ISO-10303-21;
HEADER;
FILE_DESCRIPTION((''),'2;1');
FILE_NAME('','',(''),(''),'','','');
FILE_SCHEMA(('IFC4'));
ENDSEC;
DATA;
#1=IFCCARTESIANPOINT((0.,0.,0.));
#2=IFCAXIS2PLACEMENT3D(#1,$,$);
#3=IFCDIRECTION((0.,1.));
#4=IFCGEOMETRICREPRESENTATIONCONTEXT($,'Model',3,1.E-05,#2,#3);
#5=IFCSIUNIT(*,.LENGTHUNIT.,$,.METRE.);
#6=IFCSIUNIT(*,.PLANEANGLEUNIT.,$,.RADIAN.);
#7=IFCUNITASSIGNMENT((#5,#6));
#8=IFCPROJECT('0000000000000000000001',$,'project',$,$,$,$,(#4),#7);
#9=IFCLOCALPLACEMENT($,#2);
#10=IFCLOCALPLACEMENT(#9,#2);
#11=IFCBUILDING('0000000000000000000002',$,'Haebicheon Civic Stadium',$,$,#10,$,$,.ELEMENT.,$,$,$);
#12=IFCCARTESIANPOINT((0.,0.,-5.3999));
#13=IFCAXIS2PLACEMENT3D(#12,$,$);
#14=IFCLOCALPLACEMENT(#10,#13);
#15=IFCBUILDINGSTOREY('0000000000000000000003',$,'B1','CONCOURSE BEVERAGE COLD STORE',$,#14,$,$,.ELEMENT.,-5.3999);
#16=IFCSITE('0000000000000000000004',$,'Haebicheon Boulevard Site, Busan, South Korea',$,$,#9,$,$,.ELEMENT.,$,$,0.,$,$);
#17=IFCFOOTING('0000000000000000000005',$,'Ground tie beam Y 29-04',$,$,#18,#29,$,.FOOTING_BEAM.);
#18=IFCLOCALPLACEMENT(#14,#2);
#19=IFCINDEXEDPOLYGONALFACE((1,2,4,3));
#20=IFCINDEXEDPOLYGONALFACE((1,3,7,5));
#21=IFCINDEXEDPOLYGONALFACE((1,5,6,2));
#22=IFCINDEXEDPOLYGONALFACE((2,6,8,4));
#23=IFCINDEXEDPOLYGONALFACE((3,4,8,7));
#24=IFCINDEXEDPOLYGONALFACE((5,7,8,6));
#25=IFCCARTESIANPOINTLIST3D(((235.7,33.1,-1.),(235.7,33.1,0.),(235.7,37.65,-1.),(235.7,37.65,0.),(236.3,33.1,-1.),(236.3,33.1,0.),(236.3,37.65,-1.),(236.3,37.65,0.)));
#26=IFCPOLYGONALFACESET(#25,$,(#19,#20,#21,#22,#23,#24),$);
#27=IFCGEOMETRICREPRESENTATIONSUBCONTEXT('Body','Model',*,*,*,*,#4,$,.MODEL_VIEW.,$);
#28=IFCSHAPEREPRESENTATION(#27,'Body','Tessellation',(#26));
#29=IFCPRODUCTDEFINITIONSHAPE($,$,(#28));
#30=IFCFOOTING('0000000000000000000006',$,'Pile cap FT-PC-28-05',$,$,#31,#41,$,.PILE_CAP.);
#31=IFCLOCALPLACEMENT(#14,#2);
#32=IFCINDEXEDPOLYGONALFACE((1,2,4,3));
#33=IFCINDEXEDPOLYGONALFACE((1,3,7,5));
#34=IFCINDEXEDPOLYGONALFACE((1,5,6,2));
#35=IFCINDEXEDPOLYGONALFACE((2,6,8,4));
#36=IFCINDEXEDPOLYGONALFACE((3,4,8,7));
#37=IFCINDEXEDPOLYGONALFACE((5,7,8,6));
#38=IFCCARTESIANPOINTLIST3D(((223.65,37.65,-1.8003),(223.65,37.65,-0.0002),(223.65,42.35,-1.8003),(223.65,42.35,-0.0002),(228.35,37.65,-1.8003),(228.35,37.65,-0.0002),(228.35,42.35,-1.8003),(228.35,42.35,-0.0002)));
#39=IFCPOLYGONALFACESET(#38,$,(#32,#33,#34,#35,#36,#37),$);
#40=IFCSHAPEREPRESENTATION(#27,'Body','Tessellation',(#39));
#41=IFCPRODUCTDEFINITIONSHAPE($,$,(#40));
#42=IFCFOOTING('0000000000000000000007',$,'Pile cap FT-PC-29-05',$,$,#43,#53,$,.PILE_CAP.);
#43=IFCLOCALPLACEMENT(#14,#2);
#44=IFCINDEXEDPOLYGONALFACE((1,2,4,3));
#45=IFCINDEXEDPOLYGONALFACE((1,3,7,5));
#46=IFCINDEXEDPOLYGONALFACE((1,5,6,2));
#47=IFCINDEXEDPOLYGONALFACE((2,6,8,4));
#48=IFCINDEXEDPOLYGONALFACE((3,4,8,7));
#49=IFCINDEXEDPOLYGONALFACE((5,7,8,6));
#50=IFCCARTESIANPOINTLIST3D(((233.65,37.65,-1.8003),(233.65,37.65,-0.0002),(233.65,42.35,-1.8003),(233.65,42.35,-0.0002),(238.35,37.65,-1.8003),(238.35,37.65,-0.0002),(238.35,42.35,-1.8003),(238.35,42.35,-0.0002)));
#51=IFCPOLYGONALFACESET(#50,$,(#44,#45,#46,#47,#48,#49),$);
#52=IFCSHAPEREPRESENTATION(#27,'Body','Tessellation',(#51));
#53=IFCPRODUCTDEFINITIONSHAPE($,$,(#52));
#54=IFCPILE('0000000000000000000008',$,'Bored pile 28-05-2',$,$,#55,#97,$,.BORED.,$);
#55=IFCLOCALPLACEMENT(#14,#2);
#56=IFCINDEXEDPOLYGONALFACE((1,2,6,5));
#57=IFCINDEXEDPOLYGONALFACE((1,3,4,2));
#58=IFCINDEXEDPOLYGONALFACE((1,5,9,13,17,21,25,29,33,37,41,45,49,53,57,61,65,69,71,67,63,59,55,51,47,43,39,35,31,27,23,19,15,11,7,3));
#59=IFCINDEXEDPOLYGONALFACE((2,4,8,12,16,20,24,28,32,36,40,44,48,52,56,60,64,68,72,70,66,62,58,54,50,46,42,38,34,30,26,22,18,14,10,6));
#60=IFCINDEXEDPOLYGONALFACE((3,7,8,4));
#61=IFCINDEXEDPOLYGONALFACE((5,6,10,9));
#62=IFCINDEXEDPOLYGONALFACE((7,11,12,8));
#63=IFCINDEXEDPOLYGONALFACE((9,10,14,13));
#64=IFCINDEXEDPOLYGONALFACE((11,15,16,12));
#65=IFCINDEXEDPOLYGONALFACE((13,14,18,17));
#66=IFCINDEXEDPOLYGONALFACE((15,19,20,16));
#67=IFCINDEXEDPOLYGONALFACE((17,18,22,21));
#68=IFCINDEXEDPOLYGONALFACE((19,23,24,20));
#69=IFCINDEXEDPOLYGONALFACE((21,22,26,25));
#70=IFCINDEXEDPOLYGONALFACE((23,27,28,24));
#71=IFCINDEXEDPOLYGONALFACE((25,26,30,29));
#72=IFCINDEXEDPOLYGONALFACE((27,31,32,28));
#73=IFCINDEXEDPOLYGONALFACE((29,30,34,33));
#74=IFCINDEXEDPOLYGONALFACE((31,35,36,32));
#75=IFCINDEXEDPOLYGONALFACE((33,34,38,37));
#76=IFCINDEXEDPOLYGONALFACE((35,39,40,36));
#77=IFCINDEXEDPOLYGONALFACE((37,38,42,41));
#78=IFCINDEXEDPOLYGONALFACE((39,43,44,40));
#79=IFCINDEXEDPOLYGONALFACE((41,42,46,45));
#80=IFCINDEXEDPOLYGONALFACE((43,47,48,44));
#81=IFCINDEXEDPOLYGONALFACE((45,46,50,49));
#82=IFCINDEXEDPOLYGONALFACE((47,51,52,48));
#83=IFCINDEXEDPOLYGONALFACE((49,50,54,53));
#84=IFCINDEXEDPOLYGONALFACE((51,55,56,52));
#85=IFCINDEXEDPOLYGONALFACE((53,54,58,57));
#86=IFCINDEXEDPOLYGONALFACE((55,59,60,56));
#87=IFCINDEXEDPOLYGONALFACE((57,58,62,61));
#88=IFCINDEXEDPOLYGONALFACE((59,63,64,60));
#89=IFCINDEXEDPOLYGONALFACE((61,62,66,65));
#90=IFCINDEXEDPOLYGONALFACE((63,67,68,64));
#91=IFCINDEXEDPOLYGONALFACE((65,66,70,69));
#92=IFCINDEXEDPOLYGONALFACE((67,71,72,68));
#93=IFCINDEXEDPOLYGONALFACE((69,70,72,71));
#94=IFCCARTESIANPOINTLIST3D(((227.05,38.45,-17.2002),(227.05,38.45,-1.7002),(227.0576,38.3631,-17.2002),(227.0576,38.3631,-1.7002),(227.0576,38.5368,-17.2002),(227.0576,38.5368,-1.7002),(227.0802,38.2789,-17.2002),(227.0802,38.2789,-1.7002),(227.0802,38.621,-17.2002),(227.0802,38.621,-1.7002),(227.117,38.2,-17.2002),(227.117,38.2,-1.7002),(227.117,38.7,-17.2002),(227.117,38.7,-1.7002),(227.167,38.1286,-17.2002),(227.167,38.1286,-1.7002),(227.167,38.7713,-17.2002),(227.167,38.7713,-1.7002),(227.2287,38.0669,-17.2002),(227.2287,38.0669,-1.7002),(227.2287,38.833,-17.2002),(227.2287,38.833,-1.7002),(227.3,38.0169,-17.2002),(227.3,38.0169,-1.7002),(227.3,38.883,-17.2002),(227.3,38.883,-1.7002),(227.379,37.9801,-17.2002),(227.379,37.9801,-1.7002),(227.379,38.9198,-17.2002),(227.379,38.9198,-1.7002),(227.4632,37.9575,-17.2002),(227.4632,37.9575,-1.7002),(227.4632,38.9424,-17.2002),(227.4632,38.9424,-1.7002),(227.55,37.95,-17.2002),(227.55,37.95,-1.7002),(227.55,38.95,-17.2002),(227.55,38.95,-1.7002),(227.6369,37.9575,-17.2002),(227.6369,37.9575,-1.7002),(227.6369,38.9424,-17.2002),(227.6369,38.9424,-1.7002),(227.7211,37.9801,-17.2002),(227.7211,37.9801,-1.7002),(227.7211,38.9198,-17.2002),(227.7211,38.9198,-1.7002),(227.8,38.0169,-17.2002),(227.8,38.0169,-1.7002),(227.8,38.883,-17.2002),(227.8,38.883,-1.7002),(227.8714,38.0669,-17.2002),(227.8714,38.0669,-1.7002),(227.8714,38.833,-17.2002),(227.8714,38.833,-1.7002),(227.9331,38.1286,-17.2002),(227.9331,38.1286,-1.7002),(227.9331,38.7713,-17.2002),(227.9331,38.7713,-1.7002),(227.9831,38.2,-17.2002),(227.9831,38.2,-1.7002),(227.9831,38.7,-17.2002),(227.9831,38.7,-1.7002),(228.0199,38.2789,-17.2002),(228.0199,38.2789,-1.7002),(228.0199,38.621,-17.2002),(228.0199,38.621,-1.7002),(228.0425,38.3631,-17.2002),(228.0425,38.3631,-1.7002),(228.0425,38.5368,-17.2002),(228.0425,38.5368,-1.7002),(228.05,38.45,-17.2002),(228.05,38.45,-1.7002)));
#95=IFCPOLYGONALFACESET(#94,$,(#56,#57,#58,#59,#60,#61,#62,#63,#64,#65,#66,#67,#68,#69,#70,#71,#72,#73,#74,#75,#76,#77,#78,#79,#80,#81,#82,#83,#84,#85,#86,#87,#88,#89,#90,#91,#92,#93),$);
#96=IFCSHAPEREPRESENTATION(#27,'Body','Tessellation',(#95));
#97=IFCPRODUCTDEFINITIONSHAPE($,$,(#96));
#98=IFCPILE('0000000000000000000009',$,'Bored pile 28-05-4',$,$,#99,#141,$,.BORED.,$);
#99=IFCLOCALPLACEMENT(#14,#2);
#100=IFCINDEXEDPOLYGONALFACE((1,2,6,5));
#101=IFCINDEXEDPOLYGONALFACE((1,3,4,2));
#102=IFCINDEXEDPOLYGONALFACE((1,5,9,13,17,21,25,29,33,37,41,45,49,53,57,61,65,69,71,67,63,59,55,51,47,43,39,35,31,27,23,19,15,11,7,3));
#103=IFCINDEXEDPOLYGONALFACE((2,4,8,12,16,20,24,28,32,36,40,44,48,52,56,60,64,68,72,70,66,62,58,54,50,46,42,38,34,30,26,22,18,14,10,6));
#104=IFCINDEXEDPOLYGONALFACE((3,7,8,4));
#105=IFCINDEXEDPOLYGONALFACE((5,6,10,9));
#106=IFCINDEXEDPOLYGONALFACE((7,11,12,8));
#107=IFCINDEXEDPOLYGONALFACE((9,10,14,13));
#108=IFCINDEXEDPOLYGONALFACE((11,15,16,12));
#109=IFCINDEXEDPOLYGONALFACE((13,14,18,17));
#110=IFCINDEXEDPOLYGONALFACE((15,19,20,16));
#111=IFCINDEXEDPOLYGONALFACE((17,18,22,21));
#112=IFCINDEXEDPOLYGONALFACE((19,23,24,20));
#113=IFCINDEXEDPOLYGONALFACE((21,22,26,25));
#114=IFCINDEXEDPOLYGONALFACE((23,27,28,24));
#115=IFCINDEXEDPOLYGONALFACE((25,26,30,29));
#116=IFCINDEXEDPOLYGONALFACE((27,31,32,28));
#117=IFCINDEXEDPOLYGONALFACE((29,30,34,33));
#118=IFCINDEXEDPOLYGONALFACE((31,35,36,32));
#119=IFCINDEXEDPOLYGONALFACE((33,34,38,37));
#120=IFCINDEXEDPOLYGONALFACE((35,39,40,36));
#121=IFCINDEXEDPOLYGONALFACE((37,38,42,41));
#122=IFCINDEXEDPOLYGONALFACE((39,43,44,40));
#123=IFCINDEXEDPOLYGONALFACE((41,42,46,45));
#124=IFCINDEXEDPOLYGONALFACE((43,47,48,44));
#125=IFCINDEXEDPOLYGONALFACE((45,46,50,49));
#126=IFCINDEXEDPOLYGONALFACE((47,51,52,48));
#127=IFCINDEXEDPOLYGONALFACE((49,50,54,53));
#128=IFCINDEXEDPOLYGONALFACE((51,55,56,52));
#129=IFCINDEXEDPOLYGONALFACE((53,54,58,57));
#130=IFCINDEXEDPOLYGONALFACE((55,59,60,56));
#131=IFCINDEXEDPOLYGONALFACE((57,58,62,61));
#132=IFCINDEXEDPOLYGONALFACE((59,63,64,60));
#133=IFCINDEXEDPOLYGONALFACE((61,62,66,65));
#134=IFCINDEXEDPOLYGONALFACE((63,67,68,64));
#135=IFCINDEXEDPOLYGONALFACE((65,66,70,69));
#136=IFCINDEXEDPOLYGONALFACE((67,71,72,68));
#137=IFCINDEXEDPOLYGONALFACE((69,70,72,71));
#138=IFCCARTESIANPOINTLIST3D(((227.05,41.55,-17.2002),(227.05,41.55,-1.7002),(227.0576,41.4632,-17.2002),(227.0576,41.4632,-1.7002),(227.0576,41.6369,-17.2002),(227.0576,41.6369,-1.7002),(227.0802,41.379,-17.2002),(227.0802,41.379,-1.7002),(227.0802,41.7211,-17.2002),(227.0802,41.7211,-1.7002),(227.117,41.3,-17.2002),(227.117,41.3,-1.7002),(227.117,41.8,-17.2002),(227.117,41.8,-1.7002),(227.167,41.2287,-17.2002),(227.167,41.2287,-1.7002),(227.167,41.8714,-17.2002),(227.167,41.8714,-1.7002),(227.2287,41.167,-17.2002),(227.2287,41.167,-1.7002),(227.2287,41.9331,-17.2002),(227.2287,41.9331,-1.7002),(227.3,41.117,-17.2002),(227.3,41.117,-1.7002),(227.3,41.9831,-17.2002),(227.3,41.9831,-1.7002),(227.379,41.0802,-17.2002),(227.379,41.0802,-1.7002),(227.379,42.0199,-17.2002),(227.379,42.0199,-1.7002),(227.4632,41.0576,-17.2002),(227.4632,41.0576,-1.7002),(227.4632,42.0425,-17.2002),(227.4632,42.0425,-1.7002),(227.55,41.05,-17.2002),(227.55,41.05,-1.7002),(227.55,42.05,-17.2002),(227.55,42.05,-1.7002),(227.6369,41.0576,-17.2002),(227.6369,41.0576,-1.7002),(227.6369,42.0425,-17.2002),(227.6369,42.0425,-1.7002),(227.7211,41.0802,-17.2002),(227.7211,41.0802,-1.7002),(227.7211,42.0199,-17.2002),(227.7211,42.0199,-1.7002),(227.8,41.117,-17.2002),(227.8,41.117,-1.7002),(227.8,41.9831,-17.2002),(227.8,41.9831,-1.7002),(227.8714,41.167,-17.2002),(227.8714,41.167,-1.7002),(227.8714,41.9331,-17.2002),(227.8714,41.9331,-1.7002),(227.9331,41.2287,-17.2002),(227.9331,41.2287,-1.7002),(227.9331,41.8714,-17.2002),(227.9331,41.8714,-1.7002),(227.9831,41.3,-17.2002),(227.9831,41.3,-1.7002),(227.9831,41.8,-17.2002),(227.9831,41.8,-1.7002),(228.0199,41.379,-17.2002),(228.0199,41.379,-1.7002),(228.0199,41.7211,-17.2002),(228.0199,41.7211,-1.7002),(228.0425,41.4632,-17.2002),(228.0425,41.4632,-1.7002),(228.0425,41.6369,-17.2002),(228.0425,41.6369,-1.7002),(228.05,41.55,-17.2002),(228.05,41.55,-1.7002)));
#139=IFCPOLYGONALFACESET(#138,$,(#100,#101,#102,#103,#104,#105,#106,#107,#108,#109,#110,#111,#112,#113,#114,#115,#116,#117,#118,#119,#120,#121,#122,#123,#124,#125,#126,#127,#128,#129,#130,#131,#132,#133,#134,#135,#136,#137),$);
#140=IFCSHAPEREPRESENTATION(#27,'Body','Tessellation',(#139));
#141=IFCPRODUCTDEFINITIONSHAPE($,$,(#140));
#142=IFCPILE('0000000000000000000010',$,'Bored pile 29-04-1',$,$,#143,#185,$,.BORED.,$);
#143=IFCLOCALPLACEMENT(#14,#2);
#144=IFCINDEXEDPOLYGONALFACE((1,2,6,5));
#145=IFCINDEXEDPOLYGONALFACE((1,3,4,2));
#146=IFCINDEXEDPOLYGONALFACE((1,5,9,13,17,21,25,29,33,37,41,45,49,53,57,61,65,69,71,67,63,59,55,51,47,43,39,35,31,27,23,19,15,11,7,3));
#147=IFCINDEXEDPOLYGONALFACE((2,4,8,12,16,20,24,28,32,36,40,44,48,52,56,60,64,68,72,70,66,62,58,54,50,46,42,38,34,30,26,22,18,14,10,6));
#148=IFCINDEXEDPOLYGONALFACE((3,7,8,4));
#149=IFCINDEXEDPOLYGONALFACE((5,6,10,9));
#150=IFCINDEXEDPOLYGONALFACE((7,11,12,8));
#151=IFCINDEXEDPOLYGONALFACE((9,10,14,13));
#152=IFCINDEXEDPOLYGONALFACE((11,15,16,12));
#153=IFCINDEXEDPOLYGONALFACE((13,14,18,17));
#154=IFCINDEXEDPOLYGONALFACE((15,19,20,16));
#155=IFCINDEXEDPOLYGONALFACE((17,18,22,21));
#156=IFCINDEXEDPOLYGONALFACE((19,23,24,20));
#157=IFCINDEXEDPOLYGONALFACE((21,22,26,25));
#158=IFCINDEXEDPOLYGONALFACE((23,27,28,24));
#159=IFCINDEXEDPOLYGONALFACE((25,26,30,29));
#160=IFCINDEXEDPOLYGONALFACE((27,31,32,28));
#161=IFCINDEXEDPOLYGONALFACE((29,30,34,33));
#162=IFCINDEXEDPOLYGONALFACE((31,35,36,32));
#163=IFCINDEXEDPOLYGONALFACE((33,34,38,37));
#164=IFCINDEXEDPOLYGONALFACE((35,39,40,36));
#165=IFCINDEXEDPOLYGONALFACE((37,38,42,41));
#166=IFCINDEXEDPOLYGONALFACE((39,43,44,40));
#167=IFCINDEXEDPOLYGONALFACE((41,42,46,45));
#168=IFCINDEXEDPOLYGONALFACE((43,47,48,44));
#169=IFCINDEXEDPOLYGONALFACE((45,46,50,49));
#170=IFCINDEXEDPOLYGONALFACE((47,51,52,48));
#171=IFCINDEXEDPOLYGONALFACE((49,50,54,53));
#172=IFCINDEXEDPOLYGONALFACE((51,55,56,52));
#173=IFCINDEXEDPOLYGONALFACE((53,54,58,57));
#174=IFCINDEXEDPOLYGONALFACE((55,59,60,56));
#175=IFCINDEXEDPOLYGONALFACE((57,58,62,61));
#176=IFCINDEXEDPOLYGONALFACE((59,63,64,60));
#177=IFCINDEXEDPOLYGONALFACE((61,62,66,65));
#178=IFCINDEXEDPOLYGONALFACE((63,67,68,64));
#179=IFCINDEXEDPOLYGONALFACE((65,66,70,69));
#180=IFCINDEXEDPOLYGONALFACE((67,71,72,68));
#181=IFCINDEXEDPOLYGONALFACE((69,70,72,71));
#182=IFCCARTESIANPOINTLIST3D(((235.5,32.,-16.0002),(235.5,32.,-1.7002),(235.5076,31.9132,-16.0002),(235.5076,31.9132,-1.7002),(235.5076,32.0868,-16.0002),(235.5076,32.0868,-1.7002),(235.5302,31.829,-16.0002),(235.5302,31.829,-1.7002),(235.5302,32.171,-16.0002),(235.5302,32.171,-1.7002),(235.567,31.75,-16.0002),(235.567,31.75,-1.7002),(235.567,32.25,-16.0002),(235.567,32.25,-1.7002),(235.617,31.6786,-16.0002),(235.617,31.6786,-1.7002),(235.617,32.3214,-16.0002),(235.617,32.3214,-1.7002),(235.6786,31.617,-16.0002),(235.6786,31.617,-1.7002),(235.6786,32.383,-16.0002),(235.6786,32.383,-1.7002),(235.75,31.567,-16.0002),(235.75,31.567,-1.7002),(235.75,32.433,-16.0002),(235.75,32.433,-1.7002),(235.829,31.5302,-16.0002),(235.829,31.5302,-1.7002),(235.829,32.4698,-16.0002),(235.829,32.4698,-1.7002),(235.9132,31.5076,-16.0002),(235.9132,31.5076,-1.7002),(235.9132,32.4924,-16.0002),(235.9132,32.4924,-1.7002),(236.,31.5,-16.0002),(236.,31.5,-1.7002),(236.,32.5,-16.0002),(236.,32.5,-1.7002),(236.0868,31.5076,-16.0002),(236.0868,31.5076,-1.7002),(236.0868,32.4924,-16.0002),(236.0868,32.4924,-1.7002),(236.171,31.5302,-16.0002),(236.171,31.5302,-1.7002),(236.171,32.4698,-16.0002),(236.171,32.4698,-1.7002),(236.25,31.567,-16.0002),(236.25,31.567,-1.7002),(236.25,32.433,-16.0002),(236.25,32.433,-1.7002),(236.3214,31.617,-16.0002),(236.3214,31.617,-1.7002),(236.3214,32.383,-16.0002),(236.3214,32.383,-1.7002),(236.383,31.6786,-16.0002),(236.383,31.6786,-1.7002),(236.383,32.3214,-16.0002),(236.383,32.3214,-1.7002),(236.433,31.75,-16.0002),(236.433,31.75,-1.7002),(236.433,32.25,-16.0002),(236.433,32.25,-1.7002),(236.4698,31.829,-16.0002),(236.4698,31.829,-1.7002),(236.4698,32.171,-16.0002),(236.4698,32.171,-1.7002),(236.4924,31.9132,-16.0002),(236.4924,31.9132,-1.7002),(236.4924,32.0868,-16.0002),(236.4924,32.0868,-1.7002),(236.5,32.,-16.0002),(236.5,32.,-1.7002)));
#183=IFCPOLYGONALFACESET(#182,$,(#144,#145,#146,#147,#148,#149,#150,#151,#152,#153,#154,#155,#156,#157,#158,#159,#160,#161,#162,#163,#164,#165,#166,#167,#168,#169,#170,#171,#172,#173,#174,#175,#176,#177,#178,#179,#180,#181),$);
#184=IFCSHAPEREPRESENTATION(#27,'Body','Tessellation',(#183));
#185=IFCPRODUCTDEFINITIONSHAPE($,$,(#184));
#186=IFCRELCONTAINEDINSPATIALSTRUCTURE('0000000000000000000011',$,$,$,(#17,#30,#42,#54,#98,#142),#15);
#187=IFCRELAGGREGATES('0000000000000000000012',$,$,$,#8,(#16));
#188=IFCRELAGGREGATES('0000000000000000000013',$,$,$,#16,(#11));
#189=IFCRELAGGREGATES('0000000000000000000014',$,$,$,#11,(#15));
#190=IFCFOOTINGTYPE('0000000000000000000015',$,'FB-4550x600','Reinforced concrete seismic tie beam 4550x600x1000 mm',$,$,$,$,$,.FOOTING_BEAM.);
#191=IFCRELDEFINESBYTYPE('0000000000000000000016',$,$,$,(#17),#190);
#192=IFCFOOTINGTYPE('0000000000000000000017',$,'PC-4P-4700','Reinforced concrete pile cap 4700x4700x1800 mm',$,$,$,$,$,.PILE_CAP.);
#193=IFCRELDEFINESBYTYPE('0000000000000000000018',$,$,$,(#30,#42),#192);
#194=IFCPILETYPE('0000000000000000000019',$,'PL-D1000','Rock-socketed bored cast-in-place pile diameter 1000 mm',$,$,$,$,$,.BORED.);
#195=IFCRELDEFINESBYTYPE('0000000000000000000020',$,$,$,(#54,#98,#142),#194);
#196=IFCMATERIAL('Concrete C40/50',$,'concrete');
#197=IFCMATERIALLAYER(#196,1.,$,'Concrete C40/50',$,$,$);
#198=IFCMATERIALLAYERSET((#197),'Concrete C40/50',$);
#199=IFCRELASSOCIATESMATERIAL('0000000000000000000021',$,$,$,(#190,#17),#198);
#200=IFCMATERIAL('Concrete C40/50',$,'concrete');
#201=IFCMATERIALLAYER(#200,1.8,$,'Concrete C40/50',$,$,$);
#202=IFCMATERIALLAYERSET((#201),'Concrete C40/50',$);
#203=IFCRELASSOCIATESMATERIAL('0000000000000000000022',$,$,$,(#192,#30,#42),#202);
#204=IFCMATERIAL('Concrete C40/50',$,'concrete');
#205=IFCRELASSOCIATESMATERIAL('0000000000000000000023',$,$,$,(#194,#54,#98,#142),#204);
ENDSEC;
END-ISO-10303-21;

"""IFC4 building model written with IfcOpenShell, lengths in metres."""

from ifc_helpers import new_model, si_unit, direction, frame, origin, origin_2d, place, context, subcontext, project, spatial, rectangle, circle, extrude, material, layer, layer_set, material_profile, profile_set, type_object, element, save


model = new_model("IFC4")

# Units and contexts
model_context = context("Model", 3, precision=1e-05, world=origin(), true_north=direction((0.0, 1.0)))
body_context = subcontext(model_context, "Body", "Model", "MODEL_VIEW")
ifc_project = project(units=[si_unit("LENGTHUNIT", "METRE"), si_unit("PLANEANGLEUNIT", "RADIAN")], contexts=[model_context])

# Site, building, storey
site_placement = place(None, origin())
site = spatial("IfcSite", under=ifc_project, at=site_placement, Name="Haebicheon Boulevard Site, Busan, South Korea", CompositionType="ELEMENT", RefElevation=0.0)
building_placement = place(site_placement, origin())
building = spatial("IfcBuilding", under=site, at=building_placement, Name="Haebicheon Civic Stadium", CompositionType="ELEMENT")
storey_placement = place(building_placement, frame((0.0, 0.0, -5.3999)))
storey = spatial("IfcBuildingStorey", under=building, at=storey_placement, Name="B1", Description="CONCOURSE BEVERAGE COLD STORE", CompositionType="ELEMENT", Elevation=-5.3999)

# Footings
ifc_material_1 = material(Name="Concrete C40/50", Category="concrete")
ifc_layer_1 = layer(ifc_material_1, 1.0, Name="Concrete C40/50")
ifc_layer_set_1 = layer_set([ifc_layer_1], Name="Concrete C40/50")
footing_type_1 = type_object("IfcFootingType", Name="FB-4550x600", Description="Reinforced concrete seismic tie beam 4550x600x1000 mm", PredefinedType="FOOTING_BEAM", material=ifc_layer_set_1)
footing_placement = place(storey_placement, frame((236.0, 35.375, -1.0), z_axis=(0.0, 0.0, 1.0), x_axis=(0.0, 1.0, 0.0)))
element("IfcFooting", 1, at=footing_placement, inside=storey, type_object=footing_type_1, material=ifc_layer_set_1, Name="Ground tie beam Y 29-04", PredefinedType="FOOTING_BEAM", context=body_context, shape_type="SweptSolid", body=[
    extrude(rectangle(XDim=4.55, YDim=0.6001, at=origin_2d()), origin(), (0.0, 0.0, 1.0), 1.0),
])
ifc_material_2 = material(Name="Concrete C40/50", Category="concrete")
ifc_layer_2 = layer(ifc_material_2, 1.8, Name="Concrete C40/50")
ifc_layer_set_2 = layer_set([ifc_layer_2], Name="Concrete C40/50")
footing_type_2 = type_object("IfcFootingType", Name="PC-4P-4700", Description="Reinforced concrete pile cap 4700x4700x1800 mm", PredefinedType="PILE_CAP", material=ifc_layer_set_2)
for number, where, z_axis, x_axis, name in (
    (2, (226.0, 40.0, -1.8003), (0.0, 0.0, 1.0), (1.0, 0.0, 0.0), "Pile cap FT-PC-28-05"),
    (3, (236.0, 40.0, -1.8003), (0.0, 0.0, 1.0), (1.0, 0.0, 0.0), "Pile cap FT-PC-29-05"),
):
    element("IfcFooting", number, at=place(storey_placement, frame(where, z_axis=z_axis, x_axis=x_axis)), inside=storey, type_object=footing_type_2, material=ifc_layer_set_2, Name=name, PredefinedType="PILE_CAP", context=body_context, shape_type="SweptSolid", body=[
        extrude(rectangle(XDim=4.7, YDim=4.7, at=origin_2d()), origin(), (0.0, 0.0, 1.0), 1.8),
    ])

# Piles
ifc_material_3 = material(Name="Concrete C40/50", Category="concrete")
ifc_material_profile_1 = material_profile(ifc_material_3, circle(Radius=0.5, at=origin_2d()), Name="PILE-D1000")
ifc_profile_set_1 = profile_set([ifc_material_profile_1], Name="Concrete C40/50")
pile_type = type_object("IfcPileType", Name="PL-D1000", Description="Rock-socketed bored cast-in-place pile diameter 1000 mm", PredefinedType="BORED", material=ifc_profile_set_1)
for number, where, z_axis, x_axis, name in (
    (4, (227.55, 38.45, -1.7002), (0.0, 0.0, -1.0), (1.0, 0.0, 0.0), "Bored pile 28-05-2"),
    (5, (227.55, 41.55, -1.7002), (0.0, 0.0, -1.0), (1.0, 0.0, 0.0), "Bored pile 28-05-4"),
):
    element("IfcPile", number, at=place(storey_placement, frame(where, z_axis=z_axis, x_axis=x_axis)), inside=storey, type_object=pile_type, material=ifc_profile_set_1, Name=name, PredefinedType="BORED", context=body_context, shape_type="SweptSolid", body=[
        extrude(circle(Radius=0.5, at=origin_2d()), origin(), (0.0, 0.0, 1.0), 15.5),
    ])
pile_placement = place(storey_placement, frame((236.0, 32.0, -1.7002), z_axis=(0.0, 0.0, -1.0), x_axis=(1.0, 0.0, 0.0)))
element("IfcPile", 6, at=pile_placement, inside=storey, type_object=pile_type, material=ifc_profile_set_1, Name="Bored pile 29-04-1", PredefinedType="BORED", context=body_context, shape_type="SweptSolid", body=[
    extrude(circle(Radius=0.5, at=origin_2d()), origin(), (0.0, 0.0, 1.0), 14.3),
])

save(model, "model.ifc")
